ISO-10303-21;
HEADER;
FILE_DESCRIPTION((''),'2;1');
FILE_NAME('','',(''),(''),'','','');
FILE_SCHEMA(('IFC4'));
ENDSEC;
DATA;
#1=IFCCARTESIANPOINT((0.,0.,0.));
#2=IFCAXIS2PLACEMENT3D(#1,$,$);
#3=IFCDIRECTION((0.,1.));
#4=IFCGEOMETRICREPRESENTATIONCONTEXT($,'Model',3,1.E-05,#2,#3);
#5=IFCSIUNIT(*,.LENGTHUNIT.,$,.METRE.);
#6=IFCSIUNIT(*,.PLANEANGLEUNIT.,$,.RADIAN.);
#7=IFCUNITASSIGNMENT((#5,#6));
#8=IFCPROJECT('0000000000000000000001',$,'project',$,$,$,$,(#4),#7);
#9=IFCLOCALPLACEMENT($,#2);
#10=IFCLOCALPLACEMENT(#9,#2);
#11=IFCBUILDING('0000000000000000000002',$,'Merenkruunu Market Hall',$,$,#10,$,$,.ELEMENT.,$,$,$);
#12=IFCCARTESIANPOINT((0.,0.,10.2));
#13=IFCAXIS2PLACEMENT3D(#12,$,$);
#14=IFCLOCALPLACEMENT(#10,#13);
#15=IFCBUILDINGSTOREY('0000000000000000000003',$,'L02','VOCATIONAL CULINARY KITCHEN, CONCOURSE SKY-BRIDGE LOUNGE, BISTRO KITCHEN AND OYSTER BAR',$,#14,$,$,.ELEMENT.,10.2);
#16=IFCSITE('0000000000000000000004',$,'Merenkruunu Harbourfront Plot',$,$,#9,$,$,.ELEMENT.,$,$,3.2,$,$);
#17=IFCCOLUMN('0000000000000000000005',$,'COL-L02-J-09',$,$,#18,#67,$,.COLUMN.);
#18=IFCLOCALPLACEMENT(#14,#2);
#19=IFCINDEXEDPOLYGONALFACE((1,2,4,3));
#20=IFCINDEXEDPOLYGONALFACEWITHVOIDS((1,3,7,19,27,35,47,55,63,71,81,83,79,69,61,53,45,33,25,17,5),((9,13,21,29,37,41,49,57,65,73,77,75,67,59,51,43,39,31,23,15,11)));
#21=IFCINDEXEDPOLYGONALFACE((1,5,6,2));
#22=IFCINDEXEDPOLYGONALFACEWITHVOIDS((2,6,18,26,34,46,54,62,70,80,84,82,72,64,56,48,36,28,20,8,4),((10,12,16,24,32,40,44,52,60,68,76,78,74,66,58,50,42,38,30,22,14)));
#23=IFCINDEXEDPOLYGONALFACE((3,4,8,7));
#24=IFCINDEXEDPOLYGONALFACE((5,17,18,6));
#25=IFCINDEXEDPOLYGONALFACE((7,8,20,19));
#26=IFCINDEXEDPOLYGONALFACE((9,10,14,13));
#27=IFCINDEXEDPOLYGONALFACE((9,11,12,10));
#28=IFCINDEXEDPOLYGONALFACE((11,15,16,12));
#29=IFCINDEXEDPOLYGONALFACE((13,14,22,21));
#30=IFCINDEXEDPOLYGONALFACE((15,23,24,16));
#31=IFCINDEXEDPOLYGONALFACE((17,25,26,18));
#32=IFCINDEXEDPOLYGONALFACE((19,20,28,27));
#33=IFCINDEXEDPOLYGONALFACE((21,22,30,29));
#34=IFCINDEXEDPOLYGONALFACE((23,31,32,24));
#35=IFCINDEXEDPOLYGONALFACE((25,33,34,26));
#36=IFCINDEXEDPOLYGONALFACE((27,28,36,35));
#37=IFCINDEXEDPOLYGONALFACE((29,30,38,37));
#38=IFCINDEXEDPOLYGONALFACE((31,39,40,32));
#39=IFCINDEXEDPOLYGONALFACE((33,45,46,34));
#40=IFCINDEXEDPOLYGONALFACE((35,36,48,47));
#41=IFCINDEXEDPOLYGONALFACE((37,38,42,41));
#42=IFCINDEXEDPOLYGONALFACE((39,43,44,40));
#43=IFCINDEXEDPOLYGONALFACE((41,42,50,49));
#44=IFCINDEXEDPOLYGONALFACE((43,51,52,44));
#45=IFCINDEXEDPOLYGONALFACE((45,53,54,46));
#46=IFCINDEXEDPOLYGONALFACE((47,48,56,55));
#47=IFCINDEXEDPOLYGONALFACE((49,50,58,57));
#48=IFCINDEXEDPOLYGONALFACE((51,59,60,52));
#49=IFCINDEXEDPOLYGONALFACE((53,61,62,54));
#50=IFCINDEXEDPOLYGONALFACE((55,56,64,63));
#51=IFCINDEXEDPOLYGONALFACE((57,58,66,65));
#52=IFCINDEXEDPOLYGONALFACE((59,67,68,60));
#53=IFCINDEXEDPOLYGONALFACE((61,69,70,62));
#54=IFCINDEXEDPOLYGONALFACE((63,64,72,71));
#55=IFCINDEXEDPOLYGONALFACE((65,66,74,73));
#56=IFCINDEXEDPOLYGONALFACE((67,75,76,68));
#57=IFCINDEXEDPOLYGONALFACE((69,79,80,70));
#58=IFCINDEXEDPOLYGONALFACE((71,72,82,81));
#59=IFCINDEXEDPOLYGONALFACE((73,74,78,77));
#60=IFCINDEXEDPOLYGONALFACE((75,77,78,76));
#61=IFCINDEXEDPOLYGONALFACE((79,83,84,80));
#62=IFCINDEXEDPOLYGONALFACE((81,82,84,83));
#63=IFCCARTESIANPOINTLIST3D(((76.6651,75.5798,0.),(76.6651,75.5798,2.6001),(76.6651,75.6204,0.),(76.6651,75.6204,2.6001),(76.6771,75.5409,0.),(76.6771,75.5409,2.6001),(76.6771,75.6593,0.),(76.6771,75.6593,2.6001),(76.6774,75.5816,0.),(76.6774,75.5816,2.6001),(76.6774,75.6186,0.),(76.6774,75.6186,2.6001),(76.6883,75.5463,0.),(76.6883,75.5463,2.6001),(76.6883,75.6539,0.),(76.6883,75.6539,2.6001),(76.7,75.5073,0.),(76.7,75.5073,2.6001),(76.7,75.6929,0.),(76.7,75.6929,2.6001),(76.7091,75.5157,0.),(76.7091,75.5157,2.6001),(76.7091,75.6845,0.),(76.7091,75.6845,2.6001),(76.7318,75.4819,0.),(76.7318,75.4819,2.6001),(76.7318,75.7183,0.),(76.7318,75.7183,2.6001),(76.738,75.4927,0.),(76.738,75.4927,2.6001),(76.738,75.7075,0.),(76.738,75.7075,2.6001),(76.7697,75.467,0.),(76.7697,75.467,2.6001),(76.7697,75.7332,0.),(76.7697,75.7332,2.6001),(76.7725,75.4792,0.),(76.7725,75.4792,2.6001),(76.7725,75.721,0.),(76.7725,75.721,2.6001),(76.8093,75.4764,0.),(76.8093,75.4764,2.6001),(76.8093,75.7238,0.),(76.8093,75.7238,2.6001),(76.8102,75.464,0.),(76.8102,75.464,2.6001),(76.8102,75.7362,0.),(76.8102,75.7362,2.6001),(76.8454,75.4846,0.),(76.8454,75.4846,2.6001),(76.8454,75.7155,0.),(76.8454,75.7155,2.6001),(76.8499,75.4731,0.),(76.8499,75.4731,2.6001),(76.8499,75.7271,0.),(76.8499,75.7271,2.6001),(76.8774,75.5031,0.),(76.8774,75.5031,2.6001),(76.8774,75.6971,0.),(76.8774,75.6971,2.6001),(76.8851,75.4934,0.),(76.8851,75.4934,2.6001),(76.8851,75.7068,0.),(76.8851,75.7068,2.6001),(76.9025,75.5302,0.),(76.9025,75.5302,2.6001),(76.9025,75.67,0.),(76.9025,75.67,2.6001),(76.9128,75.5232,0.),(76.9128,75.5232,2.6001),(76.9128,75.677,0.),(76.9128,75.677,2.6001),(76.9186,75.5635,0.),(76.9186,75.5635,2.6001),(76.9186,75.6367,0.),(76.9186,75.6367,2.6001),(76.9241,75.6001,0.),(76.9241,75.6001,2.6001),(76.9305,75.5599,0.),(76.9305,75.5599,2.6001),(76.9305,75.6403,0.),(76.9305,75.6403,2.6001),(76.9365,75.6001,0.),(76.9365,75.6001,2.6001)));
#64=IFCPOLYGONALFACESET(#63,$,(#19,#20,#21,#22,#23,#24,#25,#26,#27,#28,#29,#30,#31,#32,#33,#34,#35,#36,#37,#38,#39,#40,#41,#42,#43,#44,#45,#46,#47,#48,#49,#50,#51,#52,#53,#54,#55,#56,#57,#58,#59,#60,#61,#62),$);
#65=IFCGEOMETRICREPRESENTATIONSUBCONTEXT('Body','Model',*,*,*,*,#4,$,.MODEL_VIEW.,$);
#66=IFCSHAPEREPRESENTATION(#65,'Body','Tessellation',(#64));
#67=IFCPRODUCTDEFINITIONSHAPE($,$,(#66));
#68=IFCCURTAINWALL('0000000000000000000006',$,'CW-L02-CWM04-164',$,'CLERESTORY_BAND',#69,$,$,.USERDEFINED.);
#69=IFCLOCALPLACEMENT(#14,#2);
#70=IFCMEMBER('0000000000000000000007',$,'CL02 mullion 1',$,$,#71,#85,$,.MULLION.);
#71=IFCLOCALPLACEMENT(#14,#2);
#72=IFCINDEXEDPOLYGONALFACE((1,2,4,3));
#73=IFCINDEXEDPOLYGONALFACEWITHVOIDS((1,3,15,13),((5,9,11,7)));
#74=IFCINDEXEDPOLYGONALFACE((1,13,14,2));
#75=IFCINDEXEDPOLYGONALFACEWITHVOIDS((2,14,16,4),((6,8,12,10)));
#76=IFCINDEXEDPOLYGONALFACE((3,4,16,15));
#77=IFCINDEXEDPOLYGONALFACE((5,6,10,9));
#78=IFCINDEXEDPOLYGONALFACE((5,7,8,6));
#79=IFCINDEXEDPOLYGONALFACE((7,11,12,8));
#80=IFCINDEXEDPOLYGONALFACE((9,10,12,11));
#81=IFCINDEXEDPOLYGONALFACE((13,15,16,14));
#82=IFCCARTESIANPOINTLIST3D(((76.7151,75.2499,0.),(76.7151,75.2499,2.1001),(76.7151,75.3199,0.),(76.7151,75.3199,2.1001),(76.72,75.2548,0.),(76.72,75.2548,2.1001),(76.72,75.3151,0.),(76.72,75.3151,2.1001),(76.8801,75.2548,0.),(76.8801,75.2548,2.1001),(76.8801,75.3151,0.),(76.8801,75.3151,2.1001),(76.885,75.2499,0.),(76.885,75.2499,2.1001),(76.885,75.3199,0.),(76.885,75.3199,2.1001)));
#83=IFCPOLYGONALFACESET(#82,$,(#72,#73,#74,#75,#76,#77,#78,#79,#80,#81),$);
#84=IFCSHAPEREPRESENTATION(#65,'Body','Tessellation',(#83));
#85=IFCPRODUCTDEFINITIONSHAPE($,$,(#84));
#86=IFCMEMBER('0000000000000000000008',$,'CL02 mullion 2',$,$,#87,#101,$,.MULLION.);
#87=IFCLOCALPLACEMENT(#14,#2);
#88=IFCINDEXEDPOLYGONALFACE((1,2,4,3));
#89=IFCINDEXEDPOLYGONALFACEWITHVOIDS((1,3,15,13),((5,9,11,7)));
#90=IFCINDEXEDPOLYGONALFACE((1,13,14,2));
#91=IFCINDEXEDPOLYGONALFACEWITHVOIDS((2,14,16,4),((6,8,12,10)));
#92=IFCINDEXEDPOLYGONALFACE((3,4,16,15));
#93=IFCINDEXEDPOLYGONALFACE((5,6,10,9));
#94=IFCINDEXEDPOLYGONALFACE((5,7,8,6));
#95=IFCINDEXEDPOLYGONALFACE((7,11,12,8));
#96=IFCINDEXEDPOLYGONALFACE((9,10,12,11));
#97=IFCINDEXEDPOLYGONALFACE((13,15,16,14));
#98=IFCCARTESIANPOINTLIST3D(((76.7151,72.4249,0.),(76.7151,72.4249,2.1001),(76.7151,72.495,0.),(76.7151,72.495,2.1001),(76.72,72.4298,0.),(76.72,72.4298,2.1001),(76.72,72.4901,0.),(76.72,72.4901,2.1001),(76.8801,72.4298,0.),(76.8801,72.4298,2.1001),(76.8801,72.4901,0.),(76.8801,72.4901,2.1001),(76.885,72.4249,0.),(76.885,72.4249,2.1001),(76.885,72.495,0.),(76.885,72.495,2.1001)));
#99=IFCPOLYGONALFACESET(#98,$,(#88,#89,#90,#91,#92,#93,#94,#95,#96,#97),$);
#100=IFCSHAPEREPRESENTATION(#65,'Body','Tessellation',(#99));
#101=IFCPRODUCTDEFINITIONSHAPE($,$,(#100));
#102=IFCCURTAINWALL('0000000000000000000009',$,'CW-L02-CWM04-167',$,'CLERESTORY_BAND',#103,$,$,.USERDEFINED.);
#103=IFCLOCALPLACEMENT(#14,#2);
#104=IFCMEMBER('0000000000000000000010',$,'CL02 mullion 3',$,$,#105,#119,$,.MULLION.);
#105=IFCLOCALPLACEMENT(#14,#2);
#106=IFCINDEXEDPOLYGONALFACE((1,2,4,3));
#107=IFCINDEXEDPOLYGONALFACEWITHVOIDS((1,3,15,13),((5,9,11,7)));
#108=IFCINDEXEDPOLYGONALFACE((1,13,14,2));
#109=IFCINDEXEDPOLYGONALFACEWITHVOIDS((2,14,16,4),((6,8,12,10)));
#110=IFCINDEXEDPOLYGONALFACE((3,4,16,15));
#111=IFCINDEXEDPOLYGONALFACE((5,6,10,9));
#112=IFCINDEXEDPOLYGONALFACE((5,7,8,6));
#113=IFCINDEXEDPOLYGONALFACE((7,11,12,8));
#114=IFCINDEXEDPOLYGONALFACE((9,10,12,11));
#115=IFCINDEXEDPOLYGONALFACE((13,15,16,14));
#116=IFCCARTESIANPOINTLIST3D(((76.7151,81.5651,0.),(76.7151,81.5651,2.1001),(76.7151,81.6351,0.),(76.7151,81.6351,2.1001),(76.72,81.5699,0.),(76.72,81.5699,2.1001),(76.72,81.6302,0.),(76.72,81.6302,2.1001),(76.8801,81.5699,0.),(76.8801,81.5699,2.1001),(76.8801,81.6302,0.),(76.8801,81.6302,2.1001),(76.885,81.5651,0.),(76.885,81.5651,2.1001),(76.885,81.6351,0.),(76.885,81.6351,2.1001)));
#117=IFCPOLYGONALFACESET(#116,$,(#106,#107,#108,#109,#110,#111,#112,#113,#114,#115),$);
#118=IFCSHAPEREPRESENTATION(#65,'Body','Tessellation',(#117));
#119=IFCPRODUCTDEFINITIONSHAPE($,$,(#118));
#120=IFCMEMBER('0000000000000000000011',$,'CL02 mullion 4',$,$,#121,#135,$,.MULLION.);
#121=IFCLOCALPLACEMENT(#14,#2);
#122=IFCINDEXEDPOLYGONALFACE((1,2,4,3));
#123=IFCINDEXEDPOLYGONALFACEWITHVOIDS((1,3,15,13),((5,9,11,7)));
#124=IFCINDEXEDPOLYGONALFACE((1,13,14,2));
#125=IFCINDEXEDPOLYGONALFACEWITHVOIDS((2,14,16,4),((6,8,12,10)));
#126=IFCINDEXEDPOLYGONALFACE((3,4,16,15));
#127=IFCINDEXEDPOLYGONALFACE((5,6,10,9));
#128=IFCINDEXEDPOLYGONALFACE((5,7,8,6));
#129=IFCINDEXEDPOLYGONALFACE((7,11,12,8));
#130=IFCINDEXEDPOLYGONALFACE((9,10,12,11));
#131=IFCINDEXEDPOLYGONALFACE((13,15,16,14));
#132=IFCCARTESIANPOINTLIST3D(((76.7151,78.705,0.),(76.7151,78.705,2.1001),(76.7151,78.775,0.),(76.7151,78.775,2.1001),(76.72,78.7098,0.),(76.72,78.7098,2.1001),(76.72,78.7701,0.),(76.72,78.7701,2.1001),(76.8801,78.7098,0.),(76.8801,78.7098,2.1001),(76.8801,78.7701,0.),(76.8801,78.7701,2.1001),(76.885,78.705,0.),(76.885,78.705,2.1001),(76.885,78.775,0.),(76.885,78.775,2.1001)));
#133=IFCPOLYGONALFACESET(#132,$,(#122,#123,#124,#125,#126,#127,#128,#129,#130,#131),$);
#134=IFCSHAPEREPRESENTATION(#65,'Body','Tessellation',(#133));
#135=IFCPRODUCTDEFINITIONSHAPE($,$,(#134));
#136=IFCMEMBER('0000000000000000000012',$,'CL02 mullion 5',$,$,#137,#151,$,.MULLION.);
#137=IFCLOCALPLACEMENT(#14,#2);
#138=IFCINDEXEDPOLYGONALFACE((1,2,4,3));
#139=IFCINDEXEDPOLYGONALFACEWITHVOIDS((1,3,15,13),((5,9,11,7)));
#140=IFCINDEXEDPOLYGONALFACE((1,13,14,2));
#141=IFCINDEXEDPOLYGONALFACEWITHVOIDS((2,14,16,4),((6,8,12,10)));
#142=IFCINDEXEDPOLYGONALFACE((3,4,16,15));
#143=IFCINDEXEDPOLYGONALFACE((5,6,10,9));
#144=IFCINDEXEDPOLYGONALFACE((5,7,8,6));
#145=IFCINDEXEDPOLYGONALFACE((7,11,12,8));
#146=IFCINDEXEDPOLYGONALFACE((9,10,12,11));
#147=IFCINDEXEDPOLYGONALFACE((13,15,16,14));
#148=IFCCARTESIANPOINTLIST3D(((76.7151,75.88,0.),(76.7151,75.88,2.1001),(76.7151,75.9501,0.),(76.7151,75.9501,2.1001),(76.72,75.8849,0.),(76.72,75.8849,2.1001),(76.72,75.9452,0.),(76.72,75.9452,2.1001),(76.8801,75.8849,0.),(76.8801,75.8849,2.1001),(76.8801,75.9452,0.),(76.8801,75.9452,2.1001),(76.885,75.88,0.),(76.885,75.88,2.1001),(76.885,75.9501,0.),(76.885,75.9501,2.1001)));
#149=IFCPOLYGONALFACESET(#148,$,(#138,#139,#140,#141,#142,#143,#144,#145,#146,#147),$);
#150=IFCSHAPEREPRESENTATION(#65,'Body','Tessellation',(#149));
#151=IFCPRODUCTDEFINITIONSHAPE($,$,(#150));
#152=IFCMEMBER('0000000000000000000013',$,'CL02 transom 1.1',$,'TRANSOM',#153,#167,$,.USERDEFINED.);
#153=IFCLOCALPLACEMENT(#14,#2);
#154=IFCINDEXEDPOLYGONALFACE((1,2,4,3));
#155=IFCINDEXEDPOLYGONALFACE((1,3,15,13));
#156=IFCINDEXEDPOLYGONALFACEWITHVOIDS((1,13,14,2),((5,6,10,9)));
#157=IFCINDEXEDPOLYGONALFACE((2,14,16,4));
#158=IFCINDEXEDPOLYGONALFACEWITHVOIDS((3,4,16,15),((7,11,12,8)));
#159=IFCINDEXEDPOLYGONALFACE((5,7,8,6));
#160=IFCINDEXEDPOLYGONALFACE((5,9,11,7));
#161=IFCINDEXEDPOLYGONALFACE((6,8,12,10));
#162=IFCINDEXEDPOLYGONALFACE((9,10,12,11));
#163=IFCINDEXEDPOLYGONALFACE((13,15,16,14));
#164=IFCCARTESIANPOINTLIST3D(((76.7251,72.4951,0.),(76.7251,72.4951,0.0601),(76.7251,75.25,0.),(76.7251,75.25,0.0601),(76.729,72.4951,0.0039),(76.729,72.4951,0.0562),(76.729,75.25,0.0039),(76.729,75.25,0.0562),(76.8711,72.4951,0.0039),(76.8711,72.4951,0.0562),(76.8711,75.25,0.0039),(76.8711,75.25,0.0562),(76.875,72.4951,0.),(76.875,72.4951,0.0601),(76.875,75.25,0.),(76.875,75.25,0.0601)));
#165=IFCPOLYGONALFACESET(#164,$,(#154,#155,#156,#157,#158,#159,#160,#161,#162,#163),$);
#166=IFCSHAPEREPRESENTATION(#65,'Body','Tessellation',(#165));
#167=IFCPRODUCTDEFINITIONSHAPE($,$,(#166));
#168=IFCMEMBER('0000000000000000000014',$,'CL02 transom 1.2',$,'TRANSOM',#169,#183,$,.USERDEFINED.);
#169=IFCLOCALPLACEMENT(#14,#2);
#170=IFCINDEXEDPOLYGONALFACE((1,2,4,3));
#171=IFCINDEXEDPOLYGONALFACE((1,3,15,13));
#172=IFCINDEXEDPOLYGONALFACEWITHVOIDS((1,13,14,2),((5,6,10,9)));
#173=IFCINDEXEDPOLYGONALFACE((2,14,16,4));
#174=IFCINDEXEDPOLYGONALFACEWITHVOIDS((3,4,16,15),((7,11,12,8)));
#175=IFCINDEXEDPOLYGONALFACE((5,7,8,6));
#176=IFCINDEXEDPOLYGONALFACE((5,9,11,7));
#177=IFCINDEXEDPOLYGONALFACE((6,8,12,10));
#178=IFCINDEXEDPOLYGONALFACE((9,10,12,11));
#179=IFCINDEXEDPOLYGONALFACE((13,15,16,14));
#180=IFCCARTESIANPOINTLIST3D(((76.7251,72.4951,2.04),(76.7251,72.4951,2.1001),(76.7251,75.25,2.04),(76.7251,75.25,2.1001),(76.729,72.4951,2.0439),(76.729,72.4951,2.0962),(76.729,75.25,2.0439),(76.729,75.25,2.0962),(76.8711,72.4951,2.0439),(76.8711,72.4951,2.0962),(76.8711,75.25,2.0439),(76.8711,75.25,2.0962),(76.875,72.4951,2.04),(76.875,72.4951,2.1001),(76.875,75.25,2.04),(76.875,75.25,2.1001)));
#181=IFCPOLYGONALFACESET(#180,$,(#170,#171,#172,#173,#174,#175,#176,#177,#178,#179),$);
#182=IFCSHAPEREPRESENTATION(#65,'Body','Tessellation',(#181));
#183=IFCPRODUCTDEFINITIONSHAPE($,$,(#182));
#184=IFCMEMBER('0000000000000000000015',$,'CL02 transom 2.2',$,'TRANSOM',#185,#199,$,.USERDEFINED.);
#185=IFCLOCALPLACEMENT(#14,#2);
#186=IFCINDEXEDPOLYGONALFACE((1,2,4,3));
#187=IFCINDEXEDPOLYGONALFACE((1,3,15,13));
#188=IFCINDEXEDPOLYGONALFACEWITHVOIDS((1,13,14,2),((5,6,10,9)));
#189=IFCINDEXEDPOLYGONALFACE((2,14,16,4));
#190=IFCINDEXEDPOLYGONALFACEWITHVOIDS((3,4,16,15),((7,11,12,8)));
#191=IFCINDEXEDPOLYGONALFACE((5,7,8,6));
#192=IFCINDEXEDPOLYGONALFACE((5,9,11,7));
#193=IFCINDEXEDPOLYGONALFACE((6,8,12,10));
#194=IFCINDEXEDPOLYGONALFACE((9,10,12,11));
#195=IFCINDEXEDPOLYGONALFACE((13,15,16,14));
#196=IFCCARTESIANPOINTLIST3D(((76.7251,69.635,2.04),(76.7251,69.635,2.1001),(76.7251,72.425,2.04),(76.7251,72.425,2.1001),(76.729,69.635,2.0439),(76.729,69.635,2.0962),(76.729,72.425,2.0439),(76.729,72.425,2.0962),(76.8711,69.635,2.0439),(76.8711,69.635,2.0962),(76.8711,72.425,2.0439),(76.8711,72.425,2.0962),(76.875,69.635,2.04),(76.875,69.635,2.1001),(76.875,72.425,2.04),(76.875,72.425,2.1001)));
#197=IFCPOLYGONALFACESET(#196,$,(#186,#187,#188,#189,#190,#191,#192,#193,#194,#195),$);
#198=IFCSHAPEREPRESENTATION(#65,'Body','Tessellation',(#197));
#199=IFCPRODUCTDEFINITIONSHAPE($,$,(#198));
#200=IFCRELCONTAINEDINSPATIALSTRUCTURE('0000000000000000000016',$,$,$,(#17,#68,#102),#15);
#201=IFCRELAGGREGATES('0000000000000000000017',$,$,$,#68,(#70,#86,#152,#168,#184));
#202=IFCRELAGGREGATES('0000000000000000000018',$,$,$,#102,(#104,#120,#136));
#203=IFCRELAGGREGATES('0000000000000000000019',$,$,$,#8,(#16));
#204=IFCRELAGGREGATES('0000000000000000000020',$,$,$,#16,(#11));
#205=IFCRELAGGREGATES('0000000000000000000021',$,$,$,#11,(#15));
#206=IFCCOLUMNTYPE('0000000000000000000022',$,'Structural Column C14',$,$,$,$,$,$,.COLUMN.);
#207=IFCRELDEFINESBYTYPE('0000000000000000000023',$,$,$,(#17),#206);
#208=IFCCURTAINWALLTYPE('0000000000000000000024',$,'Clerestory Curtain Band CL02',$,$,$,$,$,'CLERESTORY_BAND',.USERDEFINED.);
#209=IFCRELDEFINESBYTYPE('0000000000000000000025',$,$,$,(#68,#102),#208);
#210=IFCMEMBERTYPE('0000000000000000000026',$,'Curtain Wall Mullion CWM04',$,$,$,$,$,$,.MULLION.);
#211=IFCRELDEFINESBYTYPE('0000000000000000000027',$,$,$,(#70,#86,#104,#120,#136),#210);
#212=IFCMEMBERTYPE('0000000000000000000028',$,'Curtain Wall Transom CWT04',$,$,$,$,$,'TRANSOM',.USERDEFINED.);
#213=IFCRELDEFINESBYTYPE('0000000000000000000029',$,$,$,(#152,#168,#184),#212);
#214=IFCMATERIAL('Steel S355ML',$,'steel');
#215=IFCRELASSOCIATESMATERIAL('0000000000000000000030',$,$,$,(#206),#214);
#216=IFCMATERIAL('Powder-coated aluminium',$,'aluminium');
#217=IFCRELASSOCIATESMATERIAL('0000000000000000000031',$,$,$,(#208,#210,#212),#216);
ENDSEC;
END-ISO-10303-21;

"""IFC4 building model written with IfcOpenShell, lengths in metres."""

from ifc_helpers import new_model, si_unit, direction, frame, origin, origin_2d, place, context, subcontext, project, spatial, hollow_rectangle, hollow_circle, extrude, material, material_profile, profile_set, type_object, element, aggregate, save


model = new_model("IFC4")

# Units and contexts
model_context = context("Model", 3, precision=1e-05, world=origin(), true_north=direction((0.0, 1.0)))
body_context = subcontext(model_context, "Body", "Model", "MODEL_VIEW")
ifc_project = project(units=[si_unit("LENGTHUNIT", "METRE"), si_unit("PLANEANGLEUNIT", "RADIAN")], contexts=[model_context])

# Site, building, storey
site_placement = place(None, origin())
site = spatial("IfcSite", under=ifc_project, at=site_placement, Name="Merenkruunu Harbourfront Plot", CompositionType="ELEMENT", RefElevation=3.2)
building_placement = place(site_placement, origin())
building = spatial("IfcBuilding", under=site, at=building_placement, Name="Merenkruunu Market Hall", CompositionType="ELEMENT")
storey_placement = place(building_placement, frame((0.0, 0.0, 10.2)))
storey = spatial("IfcBuildingStorey", under=building, at=storey_placement, Name="L02", Description="VOCATIONAL CULINARY KITCHEN, CONCOURSE SKY-BRIDGE LOUNGE, BISTRO KITCHEN AND OYSTER BAR", CompositionType="ELEMENT", Elevation=10.2)

# Column
ifc_material_1 = material(Name="Steel S355ML", Category="steel")
ifc_material_profile_1 = material_profile(ifc_material_1, hollow_circle(Radius=0.1365, WallThickness=0.0125, at=origin_2d()), Name="CHS 273x12.5")
ifc_profile_set_1 = profile_set([ifc_material_profile_1], Name="Steel S355ML")
column_type = type_object("IfcColumnType", Name="Structural Column C14", PredefinedType="COLUMN", material=ifc_profile_set_1)
column_placement = place(storey_placement, frame((76.8, 75.6001, 0.0), z_axis=(0.0, 0.0, 1.0), x_axis=(1.0, 0.0, 0.0)))
element("IfcColumn", 1, at=column_placement, inside=storey, type_object=column_type, Name="COL-L02-J-09", PredefinedType="COLUMN", context=body_context, shape_type="SweptSolid", body=[
    extrude(hollow_circle(Radius=0.1365, WallThickness=0.0125, at=origin_2d()), origin(), (0.0, 0.0, 1.0), 2.6001),
])

# Curtain walls, members
ifc_material_2 = material(Name="Powder-coated aluminium", Category="aluminium")
curtain_wall_type = type_object("IfcCurtainWallType", Name="Clerestory Curtain Band CL02", ElementType="CLERESTORY_BAND", PredefinedType="USERDEFINED", material=ifc_material_2)
curtain_wall_1_placement = place(storey_placement, origin())
curtain_wall_1 = element("IfcCurtainWall", 2, at=curtain_wall_1_placement, inside=storey, type_object=curtain_wall_type, Name="CW-L02-CWM04-164", ObjectType="CLERESTORY_BAND", PredefinedType="USERDEFINED")
ifc_material_profile_2 = material_profile(ifc_material_2, hollow_rectangle(XDim=0.0701, YDim=0.1699, WallThickness=0.0049, at=origin_2d()), Name="ALU 70x170x5")
ifc_profile_set_2 = profile_set([ifc_material_profile_2], Name="Powder-coated aluminium")
member_type_1 = type_object("IfcMemberType", Name="Curtain Wall Mullion CWM04", PredefinedType="MULLION", material=ifc_profile_set_2)
member_1_placement = place(storey_placement, frame((76.8, 75.2849, 0.0), z_axis=(0.0, 0.0, 1.0), x_axis=(0.0, -1.0, 0.0)))
member_1 = element("IfcMember", 3, at=member_1_placement, type_object=member_type_1, Name="CL02 mullion 1", PredefinedType="MULLION", context=body_context, shape_type="SweptSolid", body=[
    extrude(hollow_rectangle(XDim=0.0701, YDim=0.1699, WallThickness=0.0049, at=origin_2d()), origin(), (0.0, 0.0, 1.0), 2.1001),
])
member_2_placement = place(storey_placement, frame((76.8, 72.46, 0.0), z_axis=(0.0, 0.0, 1.0), x_axis=(0.0, -1.0, 0.0)))
member_2 = element("IfcMember", 4, at=member_2_placement, type_object=member_type_1, Name="CL02 mullion 2", PredefinedType="MULLION", context=body_context, shape_type="SweptSolid", body=[
    extrude(hollow_rectangle(XDim=0.0701, YDim=0.1699, WallThickness=0.0049, at=origin_2d()), origin(), (0.0, 0.0, 1.0), 2.1001),
])
curtain_wall_2_placement = place(storey_placement, origin())
curtain_wall_2 = element("IfcCurtainWall", 5, at=curtain_wall_2_placement, inside=storey, type_object=curtain_wall_type, Name="CW-L02-CWM04-167", ObjectType="CLERESTORY_BAND", PredefinedType="USERDEFINED")
member_3_placement = place(storey_placement, frame((76.8, 81.6001, 0.0), z_axis=(0.0, 0.0, 1.0), x_axis=(0.0, -1.0, 0.0)))
member_3 = element("IfcMember", 6, at=member_3_placement, type_object=member_type_1, Name="CL02 mullion 3", PredefinedType="MULLION", context=body_context, shape_type="SweptSolid", body=[
    extrude(hollow_rectangle(XDim=0.0701, YDim=0.1699, WallThickness=0.0049, at=origin_2d()), origin(), (0.0, 0.0, 1.0), 2.1001),
])
member_4_placement = place(storey_placement, frame((76.8, 78.74, 0.0), z_axis=(0.0, 0.0, 1.0), x_axis=(0.0, -1.0, 0.0)))
member_4 = element("IfcMember", 7, at=member_4_placement, type_object=member_type_1, Name="CL02 mullion 4", PredefinedType="MULLION", context=body_context, shape_type="SweptSolid", body=[
    extrude(hollow_rectangle(XDim=0.0701, YDim=0.1699, WallThickness=0.0049, at=origin_2d()), origin(), (0.0, 0.0, 1.0), 2.1001),
])
member_5_placement = place(storey_placement, frame((76.8, 75.915, 0.0), z_axis=(0.0, 0.0, 1.0), x_axis=(0.0, -1.0, 0.0)))
member_5 = element("IfcMember", 8, at=member_5_placement, type_object=member_type_1, Name="CL02 mullion 5", PredefinedType="MULLION", context=body_context, shape_type="SweptSolid", body=[
    extrude(hollow_rectangle(XDim=0.0701, YDim=0.1699, WallThickness=0.0049, at=origin_2d()), origin(), (0.0, 0.0, 1.0), 2.1001),
])

# Members
ifc_material_profile_3 = material_profile(ifc_material_2, hollow_rectangle(XDim=0.0601, YDim=0.1499, WallThickness=0.0039, at=origin_2d()), Name="ALU 60x150x4")
ifc_profile_set_3 = profile_set([ifc_material_profile_3], Name="Powder-coated aluminium")
member_type_2 = type_object("IfcMemberType", Name="Curtain Wall Transom CWT04", ElementType="TRANSOM", PredefinedType="USERDEFINED", material=ifc_profile_set_3)
member_6_placement = place(storey_placement, frame((76.8, 75.25, 0.03), z_axis=(0.0, -1.0, 0.0), x_axis=(0.0, 0.0, 1.0)))
member_6 = element("IfcMember", 9, at=member_6_placement, type_object=member_type_2, Name="CL02 transom 1.1", ObjectType="TRANSOM", PredefinedType="USERDEFINED", context=body_context, shape_type="SweptSolid", body=[
    extrude(hollow_rectangle(XDim=0.0601, YDim=0.1499, WallThickness=0.0039, at=origin_2d()), origin(), (0.0, 0.0, 1.0), 2.7549),
])
member_7_placement = place(storey_placement, frame((76.8, 75.25, 2.0701), z_axis=(0.0, -1.0, 0.0), x_axis=(0.0, 0.0, 1.0)))
member_7 = element("IfcMember", 10, at=member_7_placement, type_object=member_type_2, Name="CL02 transom 1.2", ObjectType="TRANSOM", PredefinedType="USERDEFINED", context=body_context, shape_type="SweptSolid", body=[
    extrude(hollow_rectangle(XDim=0.0601, YDim=0.1499, WallThickness=0.0039, at=origin_2d()), origin(), (0.0, 0.0, 1.0), 2.7549),
])
member_8_placement = place(storey_placement, frame((76.8, 72.425, 2.0701), z_axis=(0.0, -1.0, 0.0), x_axis=(0.0, 0.0, 1.0)))
member_8 = element("IfcMember", 11, at=member_8_placement, type_object=member_type_2, Name="CL02 transom 2.2", ObjectType="TRANSOM", PredefinedType="USERDEFINED", context=body_context, shape_type="SweptSolid", body=[
    extrude(hollow_rectangle(XDim=0.0601, YDim=0.1499, WallThickness=0.0039, at=origin_2d()), origin(), (0.0, 0.0, 1.0), 2.79),
])

aggregate(curtain_wall_1, [member_1, member_2, member_6, member_7, member_8])
aggregate(curtain_wall_2, [member_3, member_4, member_5])

save(model, "model.ifc")
